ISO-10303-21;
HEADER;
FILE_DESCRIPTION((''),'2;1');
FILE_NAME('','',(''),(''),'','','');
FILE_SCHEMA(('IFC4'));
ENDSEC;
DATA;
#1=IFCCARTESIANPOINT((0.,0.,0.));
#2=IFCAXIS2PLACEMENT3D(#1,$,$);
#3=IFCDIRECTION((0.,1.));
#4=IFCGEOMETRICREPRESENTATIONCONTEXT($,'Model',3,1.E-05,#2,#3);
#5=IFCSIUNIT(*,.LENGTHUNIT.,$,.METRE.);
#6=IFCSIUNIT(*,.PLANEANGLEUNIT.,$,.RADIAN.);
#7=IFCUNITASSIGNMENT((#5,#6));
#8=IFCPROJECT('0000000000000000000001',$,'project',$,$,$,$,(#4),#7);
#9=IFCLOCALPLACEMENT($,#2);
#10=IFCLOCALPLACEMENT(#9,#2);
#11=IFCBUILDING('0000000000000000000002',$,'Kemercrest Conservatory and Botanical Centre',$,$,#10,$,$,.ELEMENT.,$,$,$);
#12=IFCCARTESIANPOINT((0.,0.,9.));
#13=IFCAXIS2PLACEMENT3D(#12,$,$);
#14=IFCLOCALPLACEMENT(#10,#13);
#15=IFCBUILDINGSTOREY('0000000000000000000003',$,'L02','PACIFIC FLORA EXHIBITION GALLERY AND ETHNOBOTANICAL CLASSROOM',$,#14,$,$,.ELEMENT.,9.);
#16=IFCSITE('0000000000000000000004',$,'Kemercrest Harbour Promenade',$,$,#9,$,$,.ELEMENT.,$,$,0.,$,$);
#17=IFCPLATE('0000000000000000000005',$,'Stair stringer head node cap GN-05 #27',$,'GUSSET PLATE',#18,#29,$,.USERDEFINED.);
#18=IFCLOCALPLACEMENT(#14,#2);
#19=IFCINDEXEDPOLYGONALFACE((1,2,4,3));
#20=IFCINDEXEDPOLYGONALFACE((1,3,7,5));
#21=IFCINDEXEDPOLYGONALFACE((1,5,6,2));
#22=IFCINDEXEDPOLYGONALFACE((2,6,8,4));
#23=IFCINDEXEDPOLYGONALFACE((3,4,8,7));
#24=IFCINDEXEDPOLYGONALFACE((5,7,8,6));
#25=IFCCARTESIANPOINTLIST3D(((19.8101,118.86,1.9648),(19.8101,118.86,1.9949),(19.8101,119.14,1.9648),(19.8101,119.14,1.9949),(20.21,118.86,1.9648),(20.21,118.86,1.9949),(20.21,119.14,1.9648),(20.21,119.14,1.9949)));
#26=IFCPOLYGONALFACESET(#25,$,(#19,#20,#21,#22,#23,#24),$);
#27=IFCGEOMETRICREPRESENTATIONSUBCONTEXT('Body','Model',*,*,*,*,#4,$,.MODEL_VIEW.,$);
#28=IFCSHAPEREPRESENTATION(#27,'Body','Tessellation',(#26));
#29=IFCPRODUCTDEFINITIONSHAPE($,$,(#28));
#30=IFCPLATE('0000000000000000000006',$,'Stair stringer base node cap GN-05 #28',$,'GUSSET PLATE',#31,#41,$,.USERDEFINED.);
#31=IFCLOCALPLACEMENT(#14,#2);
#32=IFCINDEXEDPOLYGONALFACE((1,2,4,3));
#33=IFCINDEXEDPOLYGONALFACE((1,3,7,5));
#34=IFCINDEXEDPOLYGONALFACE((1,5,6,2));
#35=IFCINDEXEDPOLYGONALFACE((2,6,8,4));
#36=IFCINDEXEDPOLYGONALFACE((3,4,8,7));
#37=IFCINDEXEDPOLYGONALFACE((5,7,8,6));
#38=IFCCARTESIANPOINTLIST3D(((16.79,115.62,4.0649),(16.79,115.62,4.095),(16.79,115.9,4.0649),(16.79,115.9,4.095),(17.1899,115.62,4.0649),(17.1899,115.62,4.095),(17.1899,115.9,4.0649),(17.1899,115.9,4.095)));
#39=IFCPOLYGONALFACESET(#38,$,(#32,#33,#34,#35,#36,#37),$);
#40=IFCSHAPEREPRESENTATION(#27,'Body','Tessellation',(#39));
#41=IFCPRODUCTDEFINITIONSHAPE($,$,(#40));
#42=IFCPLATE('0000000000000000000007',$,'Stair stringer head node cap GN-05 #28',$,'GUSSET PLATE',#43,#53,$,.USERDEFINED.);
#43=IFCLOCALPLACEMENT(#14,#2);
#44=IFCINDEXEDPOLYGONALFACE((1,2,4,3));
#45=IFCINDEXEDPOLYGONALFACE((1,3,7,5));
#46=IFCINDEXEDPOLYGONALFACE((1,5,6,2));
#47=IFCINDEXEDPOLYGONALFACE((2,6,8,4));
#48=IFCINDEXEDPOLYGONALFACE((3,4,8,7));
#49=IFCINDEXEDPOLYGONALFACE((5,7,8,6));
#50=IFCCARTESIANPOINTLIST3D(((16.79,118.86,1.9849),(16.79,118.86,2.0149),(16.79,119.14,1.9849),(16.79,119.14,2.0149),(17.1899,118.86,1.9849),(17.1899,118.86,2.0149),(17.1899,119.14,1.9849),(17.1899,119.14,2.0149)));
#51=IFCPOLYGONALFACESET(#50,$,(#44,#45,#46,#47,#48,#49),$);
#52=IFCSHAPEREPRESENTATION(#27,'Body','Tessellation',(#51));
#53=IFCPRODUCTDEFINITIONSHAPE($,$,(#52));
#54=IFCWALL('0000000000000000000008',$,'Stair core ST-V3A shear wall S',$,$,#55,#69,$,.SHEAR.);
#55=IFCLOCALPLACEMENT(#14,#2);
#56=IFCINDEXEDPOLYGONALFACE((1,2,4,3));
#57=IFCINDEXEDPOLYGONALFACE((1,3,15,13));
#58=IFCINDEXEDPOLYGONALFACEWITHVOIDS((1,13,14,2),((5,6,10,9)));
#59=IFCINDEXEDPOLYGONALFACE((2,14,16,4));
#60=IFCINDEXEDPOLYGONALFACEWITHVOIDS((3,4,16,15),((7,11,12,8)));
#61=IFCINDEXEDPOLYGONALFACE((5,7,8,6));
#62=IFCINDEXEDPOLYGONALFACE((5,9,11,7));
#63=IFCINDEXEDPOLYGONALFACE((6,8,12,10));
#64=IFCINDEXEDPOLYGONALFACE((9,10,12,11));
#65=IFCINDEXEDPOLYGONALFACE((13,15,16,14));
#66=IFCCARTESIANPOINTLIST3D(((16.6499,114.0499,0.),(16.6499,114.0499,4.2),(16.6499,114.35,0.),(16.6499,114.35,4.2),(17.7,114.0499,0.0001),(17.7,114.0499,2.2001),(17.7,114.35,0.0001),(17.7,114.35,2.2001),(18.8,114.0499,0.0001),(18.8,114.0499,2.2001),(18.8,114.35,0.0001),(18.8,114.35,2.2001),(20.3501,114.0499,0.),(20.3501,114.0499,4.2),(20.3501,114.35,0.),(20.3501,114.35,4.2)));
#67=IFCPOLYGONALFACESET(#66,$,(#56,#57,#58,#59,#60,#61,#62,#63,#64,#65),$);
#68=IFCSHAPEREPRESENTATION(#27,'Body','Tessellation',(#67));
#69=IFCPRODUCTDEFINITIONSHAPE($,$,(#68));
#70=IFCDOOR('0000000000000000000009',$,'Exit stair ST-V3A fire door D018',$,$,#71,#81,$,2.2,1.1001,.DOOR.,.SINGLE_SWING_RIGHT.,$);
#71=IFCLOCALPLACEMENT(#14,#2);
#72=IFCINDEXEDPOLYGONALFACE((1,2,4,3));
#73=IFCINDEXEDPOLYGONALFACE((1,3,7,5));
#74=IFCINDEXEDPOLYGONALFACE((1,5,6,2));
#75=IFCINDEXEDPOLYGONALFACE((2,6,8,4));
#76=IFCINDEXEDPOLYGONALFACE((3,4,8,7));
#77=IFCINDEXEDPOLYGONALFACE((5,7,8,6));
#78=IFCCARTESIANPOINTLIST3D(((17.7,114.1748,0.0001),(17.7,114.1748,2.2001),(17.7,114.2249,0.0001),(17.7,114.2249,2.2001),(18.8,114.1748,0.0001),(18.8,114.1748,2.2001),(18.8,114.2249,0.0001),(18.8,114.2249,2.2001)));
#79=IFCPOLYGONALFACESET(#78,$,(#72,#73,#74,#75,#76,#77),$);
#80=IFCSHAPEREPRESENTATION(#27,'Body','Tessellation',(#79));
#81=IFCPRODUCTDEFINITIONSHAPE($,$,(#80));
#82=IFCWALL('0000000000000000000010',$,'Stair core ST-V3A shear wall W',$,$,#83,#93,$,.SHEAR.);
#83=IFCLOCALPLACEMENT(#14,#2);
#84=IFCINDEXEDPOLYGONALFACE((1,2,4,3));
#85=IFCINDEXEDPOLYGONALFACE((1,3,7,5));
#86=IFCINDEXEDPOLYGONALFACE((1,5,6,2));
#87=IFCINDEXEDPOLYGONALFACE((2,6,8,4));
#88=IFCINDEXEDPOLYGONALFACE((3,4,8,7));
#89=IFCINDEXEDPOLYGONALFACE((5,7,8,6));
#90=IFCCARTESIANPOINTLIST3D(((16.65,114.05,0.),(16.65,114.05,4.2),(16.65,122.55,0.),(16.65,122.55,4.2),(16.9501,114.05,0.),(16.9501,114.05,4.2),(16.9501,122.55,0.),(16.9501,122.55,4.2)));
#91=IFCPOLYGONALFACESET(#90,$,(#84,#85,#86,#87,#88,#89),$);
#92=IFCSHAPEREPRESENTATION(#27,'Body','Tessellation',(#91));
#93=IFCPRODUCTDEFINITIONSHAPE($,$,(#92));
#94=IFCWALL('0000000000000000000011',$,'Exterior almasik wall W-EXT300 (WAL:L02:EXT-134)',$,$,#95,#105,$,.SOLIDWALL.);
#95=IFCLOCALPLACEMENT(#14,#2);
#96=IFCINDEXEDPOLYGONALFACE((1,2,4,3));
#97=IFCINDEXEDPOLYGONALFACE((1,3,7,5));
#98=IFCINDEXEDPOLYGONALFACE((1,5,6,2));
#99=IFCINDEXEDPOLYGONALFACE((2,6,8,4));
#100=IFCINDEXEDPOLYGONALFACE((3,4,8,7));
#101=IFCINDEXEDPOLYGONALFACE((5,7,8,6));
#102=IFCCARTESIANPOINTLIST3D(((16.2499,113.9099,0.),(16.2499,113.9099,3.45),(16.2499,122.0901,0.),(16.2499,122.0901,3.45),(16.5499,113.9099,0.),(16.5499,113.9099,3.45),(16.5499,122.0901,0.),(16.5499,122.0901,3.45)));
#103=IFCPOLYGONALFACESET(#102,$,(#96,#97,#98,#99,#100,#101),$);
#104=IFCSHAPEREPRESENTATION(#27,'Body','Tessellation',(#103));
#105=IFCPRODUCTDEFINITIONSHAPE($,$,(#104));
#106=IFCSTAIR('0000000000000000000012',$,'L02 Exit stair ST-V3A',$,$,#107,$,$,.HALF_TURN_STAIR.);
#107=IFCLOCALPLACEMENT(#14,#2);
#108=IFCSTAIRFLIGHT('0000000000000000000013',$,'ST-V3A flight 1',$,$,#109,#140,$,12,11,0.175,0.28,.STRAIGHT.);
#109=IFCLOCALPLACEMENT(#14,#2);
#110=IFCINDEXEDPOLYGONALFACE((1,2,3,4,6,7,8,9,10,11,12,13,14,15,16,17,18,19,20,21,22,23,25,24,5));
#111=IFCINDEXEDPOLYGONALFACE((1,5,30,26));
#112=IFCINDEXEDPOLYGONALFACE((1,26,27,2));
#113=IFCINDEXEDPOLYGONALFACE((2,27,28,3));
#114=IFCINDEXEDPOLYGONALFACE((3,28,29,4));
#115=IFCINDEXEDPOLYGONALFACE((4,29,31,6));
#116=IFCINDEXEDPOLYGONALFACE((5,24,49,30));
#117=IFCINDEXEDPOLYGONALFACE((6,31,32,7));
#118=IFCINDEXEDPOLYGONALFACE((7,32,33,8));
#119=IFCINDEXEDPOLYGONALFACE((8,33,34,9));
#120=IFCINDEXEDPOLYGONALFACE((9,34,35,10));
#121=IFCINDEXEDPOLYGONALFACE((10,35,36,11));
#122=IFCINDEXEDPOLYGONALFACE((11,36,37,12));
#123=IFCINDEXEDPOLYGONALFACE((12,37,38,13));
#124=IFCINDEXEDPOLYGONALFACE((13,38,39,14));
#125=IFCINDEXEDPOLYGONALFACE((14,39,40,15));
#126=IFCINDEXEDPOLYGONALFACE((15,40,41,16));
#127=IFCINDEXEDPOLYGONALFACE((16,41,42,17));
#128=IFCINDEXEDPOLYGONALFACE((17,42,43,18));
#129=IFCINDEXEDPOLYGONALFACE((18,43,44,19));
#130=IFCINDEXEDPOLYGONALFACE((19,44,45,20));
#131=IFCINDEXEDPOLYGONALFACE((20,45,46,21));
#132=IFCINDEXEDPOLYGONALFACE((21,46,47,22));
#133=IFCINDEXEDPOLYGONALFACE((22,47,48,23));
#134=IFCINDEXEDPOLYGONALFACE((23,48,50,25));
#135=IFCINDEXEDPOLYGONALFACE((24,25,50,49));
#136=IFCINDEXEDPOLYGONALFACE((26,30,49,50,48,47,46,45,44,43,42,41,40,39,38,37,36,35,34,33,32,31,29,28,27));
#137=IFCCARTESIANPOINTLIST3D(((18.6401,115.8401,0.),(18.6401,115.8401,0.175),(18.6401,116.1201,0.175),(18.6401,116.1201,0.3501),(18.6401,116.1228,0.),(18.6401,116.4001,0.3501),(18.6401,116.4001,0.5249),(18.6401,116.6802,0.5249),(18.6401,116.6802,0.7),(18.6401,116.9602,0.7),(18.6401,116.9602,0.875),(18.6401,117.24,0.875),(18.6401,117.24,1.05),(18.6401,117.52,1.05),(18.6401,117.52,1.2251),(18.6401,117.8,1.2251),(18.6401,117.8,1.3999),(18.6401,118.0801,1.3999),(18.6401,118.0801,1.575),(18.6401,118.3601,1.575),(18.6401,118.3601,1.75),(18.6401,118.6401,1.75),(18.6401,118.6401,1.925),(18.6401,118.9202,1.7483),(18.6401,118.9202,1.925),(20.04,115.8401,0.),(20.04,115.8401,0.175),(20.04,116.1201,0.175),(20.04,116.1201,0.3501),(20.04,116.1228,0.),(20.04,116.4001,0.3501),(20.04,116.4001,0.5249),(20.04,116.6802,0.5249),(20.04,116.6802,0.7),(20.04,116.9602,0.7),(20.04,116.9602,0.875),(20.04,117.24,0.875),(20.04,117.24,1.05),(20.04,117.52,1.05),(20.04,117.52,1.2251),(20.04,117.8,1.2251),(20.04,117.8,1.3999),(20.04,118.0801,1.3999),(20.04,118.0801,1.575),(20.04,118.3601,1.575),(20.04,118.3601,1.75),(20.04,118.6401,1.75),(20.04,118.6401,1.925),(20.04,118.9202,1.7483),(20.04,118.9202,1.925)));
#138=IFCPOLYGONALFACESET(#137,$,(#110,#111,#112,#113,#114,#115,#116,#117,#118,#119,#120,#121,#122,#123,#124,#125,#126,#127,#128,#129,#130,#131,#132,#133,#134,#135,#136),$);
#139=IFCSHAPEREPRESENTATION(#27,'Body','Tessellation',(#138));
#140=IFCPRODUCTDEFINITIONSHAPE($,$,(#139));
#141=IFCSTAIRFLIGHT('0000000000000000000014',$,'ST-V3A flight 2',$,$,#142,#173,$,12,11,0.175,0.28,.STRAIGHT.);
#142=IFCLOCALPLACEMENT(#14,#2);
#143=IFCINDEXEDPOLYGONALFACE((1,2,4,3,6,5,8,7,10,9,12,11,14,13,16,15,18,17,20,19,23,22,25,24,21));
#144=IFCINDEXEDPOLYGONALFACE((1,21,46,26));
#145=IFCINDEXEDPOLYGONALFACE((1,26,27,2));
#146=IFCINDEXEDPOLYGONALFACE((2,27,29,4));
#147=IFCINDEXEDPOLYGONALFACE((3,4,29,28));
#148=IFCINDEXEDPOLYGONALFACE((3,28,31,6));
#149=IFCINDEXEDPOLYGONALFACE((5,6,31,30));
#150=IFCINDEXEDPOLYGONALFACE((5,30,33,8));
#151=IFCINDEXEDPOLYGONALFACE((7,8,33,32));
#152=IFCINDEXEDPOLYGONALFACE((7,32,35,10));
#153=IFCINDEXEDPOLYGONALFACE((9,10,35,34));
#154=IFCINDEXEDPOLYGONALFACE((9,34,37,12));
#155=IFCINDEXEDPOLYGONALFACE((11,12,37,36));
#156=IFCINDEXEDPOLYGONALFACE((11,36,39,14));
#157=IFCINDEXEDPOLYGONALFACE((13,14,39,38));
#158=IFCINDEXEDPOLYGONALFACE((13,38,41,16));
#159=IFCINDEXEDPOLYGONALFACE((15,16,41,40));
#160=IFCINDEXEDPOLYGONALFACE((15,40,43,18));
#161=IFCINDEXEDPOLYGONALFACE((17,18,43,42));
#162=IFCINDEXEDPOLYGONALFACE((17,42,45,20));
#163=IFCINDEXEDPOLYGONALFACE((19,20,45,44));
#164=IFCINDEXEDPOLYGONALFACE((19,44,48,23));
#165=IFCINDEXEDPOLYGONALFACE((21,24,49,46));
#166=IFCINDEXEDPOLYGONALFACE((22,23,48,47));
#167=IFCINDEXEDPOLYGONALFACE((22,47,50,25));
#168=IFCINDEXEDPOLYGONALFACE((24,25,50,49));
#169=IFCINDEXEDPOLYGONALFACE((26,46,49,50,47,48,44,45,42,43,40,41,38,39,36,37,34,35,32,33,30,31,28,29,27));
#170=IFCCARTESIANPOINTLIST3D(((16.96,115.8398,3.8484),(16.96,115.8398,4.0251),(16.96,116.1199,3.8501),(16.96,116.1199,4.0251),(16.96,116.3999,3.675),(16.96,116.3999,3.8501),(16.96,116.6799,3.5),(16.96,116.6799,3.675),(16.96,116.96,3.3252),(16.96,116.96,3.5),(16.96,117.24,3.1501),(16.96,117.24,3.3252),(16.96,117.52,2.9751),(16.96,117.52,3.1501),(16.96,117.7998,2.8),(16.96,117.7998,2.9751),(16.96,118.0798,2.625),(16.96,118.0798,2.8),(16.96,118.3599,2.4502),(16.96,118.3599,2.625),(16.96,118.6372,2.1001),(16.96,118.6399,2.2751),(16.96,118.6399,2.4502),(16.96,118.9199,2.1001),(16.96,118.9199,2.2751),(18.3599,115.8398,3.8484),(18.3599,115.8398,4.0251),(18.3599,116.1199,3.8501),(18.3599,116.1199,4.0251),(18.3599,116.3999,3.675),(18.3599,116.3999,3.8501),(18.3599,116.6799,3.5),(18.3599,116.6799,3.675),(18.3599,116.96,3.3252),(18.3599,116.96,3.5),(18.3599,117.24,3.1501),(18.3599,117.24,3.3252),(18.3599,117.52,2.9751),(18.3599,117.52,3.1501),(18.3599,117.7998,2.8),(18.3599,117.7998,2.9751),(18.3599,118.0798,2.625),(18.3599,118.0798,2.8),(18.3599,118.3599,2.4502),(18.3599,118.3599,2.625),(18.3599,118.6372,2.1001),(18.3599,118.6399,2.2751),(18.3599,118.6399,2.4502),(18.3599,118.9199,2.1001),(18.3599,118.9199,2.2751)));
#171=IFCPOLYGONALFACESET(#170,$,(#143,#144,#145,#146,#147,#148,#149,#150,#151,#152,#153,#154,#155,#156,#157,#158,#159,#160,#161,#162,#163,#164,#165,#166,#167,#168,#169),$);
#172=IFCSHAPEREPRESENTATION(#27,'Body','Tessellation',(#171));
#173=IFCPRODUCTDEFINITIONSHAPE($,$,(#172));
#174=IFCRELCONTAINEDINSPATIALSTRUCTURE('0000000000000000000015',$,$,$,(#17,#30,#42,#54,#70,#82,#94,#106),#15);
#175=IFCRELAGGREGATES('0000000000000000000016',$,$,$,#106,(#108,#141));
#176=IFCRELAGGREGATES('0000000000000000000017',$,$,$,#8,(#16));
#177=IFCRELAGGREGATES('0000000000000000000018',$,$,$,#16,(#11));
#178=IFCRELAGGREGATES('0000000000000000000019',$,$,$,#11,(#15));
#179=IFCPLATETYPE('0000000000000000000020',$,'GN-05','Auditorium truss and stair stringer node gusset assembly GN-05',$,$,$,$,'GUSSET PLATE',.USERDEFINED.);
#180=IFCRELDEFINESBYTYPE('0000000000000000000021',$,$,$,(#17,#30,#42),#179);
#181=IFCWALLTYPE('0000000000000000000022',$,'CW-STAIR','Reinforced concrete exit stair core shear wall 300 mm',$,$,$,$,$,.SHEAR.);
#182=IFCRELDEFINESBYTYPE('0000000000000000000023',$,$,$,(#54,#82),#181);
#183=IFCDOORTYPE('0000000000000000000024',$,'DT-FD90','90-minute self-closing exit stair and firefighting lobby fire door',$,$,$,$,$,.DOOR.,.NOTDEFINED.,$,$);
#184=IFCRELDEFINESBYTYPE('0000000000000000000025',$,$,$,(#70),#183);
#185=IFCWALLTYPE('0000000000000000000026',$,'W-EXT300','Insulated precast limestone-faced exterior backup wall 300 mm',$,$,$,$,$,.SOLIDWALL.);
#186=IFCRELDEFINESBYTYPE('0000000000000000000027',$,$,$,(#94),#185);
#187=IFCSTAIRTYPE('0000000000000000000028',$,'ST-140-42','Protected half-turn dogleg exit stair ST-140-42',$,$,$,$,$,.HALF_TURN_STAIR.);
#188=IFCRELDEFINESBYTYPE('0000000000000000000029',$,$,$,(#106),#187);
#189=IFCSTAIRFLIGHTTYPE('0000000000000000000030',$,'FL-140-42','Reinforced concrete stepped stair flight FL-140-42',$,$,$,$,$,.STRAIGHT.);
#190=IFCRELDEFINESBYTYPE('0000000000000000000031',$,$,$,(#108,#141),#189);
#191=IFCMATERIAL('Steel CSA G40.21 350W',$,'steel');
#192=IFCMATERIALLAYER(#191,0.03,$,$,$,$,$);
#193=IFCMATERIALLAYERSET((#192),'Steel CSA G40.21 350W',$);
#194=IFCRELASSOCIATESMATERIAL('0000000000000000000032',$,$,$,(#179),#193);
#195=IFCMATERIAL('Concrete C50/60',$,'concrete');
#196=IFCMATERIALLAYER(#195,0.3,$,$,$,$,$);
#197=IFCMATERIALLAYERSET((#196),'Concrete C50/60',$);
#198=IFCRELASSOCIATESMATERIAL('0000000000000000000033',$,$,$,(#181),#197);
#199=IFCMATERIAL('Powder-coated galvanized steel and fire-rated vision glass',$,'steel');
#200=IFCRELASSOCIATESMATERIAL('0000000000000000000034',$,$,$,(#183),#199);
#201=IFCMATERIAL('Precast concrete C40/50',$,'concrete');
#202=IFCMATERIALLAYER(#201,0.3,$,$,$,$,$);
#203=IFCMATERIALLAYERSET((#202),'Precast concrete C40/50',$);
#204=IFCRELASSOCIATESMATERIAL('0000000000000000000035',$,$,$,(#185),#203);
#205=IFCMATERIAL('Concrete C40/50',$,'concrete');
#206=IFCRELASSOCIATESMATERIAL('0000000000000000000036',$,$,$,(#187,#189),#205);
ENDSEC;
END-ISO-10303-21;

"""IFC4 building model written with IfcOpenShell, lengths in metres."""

from ifc_helpers import new_model, si_unit, direction, frame, frame_2d, origin, origin_2d, place, context, subcontext, project, spatial, polyline, rectangle, outline, extrude, material, layer, layer_set, type_object, element, fill, aggregate, save


model = new_model("IFC4")

# Units and contexts
model_context = context("Model", 3, precision=1e-05, world=origin(), true_north=direction((0.0, 1.0)))
body_context = subcontext(model_context, "Body", "Model", "MODEL_VIEW")
ifc_project = project(units=[si_unit("LENGTHUNIT", "METRE"), si_unit("PLANEANGLEUNIT", "RADIAN")], contexts=[model_context])

# Site, building, storey
site_placement = place(None, origin())
site = spatial("IfcSite", under=ifc_project, at=site_placement, Name="Kemercrest Harbour Promenade", CompositionType="ELEMENT", RefElevation=0.0)
building_placement = place(site_placement, origin())
building = spatial("IfcBuilding", under=site, at=building_placement, Name="Kemercrest Conservatory and Botanical Centre", CompositionType="ELEMENT")
storey_placement = place(building_placement, frame((0.0, 0.0, 9.0)))
storey = spatial("IfcBuildingStorey", under=building, at=storey_placement, Name="L02", Description="PACIFIC FLORA EXHIBITION GALLERY AND ETHNOBOTANICAL CLASSROOM", CompositionType="ELEMENT", Elevation=9.0)

# Shared definitions
ifc_material_1 = material(Name="Concrete C40/50", Category="concrete")

# Shared definitions
ifc_material_2 = material(Name="Steel CSA G40.21 350W", Category="steel")

# Plates
ifc_layer_1 = layer(ifc_material_2, 0.03)
ifc_layer_set_1 = layer_set([ifc_layer_1], Name="Steel CSA G40.21 350W")
plate_type = type_object("IfcPlateType", Name="GN-05", Description="Auditorium truss and stair stringer node gusset assembly GN-05", ElementType="GUSSET PLATE", PredefinedType="USERDEFINED", material=ifc_layer_set_1)
for number, where, z_axis, x_axis, name in (
    (1, (20.01, 119.0, 1.9648), (0.0, 0.0, 1.0), (1.0, 0.0, 0.0), "Stair stringer head node cap GN-05 #27"),
    (2, (16.99, 115.76, 4.0649), (0.0, 0.0, 1.0), (1.0, 0.0, 0.0), "Stair stringer base node cap GN-05 #28"),
    (3, (16.99, 119.0, 1.9849), (0.0, 0.0, 1.0), (1.0, 0.0, 0.0), "Stair stringer head node cap GN-05 #28"),
):
    element("IfcPlate", number, at=place(storey_placement, frame(where, z_axis=z_axis, x_axis=x_axis)), inside=storey, type_object=plate_type, Name=name, ObjectType="GUSSET PLATE", PredefinedType="USERDEFINED", context=body_context, shape_type="SweptSolid", body=[
        extrude(rectangle(XDim=0.3999, YDim=0.28, at=origin_2d()), origin(), (0.0, 0.0, 1.0), 0.03),
    ])

# Wall, opening, door
ifc_material_3 = material(Name="Concrete C50/60", Category="concrete")
ifc_layer_2 = layer(ifc_material_3, 0.3)
ifc_layer_set_2 = layer_set([ifc_layer_2], Name="Concrete C50/60")
wall_type_1 = type_object("IfcWallType", Name="CW-STAIR", Description="Reinforced concrete exit stair core shear wall 300 mm", PredefinedType="SHEAR", material=ifc_layer_set_2)
wall_1_placement = place(storey_placement, frame((16.6499, 114.2, 0.0), z_axis=(0.0, 0.0, 1.0), x_axis=(1.0, 0.0, 0.0)))
wall_1 = element("IfcWall", 4, at=wall_1_placement, inside=storey, type_object=wall_type_1, Name="Stair core ST-V3A shear wall S", PredefinedType="SHEAR", context=body_context, shape_type="SweptSolid", body=[
    extrude(rectangle(XDim=3.7002, YDim=0.3, at=frame_2d((1.8501, 0.0))), origin(), (0.0, 0.0, 1.0), 4.2),
])
opening_placement = place(wall_1_placement, frame((1.05, 0.0, 0.0)))
opening = element("IfcOpeningElement", 5, at=opening_placement, cuts=wall_1, PredefinedType="OPENING", context=body_context, shape_type="SweptSolid", body=[
    extrude(rectangle(XDim=1.1001, YDim=2.2, at=frame_2d((0.55, 1.1001))), frame((0.0, 0.1602, 0.0), z_axis=(0.0, -1.0, 0.0), x_axis=(1.0, 0.0, 0.0)), (0.0, 0.0, 1.0), 0.3201),
])
ifc_material_4 = material(Name="Powder-coated galvanized steel and fire-rated vision glass", Category="steel")
door_type = type_object("IfcDoorType", Name="DT-FD90", Description="90-minute self-closing exit stair and firefighting lobby fire door", OperationType="NOTDEFINED", PredefinedType="DOOR", material=ifc_material_4)
door_placement = place(opening_placement, origin())
door = element("IfcDoor", 6, at=door_placement, inside=storey, type_object=door_type, Name="Exit stair ST-V3A fire door D018", OperationType="SINGLE_SWING_RIGHT", OverallHeight=2.2, OverallWidth=1.1001, PredefinedType="DOOR", context=body_context, shape_type="SweptSolid", body=[
    extrude(rectangle(XDim=1.1001, YDim=2.2, at=frame_2d((0.55, 1.1001))), frame((0.0, 0.0249, 0.0), z_axis=(0.0, -1.0, 0.0), x_axis=(1.0, 0.0, 0.0)), (0.0, 0.0, 1.0), 0.05),
])
fill(opening, door)

# Walls
wall_2_placement = place(storey_placement, frame((16.8, 114.05, 0.0), z_axis=(0.0, 0.0, 1.0), x_axis=(0.0, 1.0, 0.0)))
element("IfcWall", 7, at=wall_2_placement, inside=storey, type_object=wall_type_1, Name="Stair core ST-V3A shear wall W", PredefinedType="SHEAR", context=body_context, shape_type="SweptSolid", body=[
    extrude(rectangle(XDim=8.5, YDim=0.3, at=frame_2d((4.25, 0.0))), origin(), (0.0, 0.0, 1.0), 4.2),
])
ifc_material_5 = material(Name="Precast concrete C40/50", Category="concrete")
ifc_layer_3 = layer(ifc_material_5, 0.3)
ifc_layer_set_3 = layer_set([ifc_layer_3], Name="Precast concrete C40/50")
wall_type_2 = type_object("IfcWallType", Name="W-EXT300", Description="Insulated precast limestone-faced exterior backup wall 300 mm", PredefinedType="SOLIDWALL", material=ifc_layer_set_3)
wall_3_placement = place(storey_placement, frame((16.3999, 122.0901, 0.0), z_axis=(0.0, 0.0, 1.0), x_axis=(0.0, -1.0, 0.0)))
element("IfcWall", 8, at=wall_3_placement, inside=storey, type_object=wall_type_2, Name="Exterior almasik wall W-EXT300 (WAL:L02:EXT-134)", PredefinedType="SOLIDWALL", context=body_context, shape_type="SweptSolid", body=[
    extrude(rectangle(XDim=8.1802, YDim=0.3, at=frame_2d((4.0901, 0.0))), origin(), (0.0, 0.0, 1.0), 3.45),
])

# Stair, stair flights
stair_type = type_object("IfcStairType", Name="ST-140-42", Description="Protected half-turn dogleg exit stair ST-140-42", PredefinedType="HALF_TURN_STAIR", material=ifc_material_1)
stair_placement = place(storey_placement, origin())
stair = element("IfcStair", 9, at=stair_placement, inside=storey, type_object=stair_type, Name="L02 Exit stair ST-V3A", PredefinedType="HALF_TURN_STAIR")
stair_flight_type = type_object("IfcStairFlightType", Name="FL-140-42", Description="Reinforced concrete stepped stair flight FL-140-42", PredefinedType="STRAIGHT", material=ifc_material_1)
stair_flight_1_placement = place(storey_placement, frame((19.3401, 115.8401, 0.0), z_axis=(0.0, 0.0, 1.0), x_axis=(0.0, 1.0, 0.0)))
stair_flight_1 = element("IfcStairFlight", 10, at=stair_flight_1_placement, type_object=stair_flight_type, Name="ST-V3A flight 1", NumberOfRisers=12, NumberOfTreads=11, PredefinedType="STRAIGHT", RiserHeight=0.175, TreadLength=0.28, context=body_context, shape_type="SweptSolid", body=[
    extrude(outline(polyline([(0.0, 0.0), (0.0, 0.175), (0.28, 0.175), (0.28, 0.3501), (0.5601, 0.3501), (0.5601, 0.5249), (0.8401, 0.5249), (0.8401, 0.7), (1.1201, 0.7), (1.1201, 0.875), (1.3999, 0.875), (1.3999, 1.05), (1.6799, 1.05), (1.6799, 1.2251), (1.96, 1.2251), (1.96, 1.3999), (2.24, 1.3999), (2.24, 1.575), (2.52, 1.575), (2.52, 1.75), (2.8, 1.75), (2.8, 1.925), (3.0801, 1.925), (3.0801, 2.1001), (3.0801, 1.7483), (0.2827, 0.0), (0.0, 0.0)])), frame((0.0, 0.7, 0.0), z_axis=(0.0, -1.0, 0.0), x_axis=(1.0, 0.0, 0.0)), (0.0, 0.0, 1.0), 1.3999),
])
stair_flight_2_placement = place(storey_placement, frame((17.6599, 118.9199, 2.1001), z_axis=(0.0, 0.0, 1.0), x_axis=(0.0, -1.0, 0.0)))
stair_flight_2 = element("IfcStairFlight", 11, at=stair_flight_2_placement, type_object=stair_flight_type, Name="ST-V3A flight 2", NumberOfRisers=12, NumberOfTreads=11, PredefinedType="STRAIGHT", RiserHeight=0.175, TreadLength=0.28, context=body_context, shape_type="SweptSolid", body=[
    extrude(outline(polyline([(0.0, 0.0), (0.0, 0.175), (0.28, 0.175), (0.28, 0.3501), (0.5601, 0.3501), (0.5601, 0.5249), (0.8401, 0.5249), (0.8401, 0.7), (1.1201, 0.7), (1.1201, 0.875), (1.3999, 0.875), (1.3999, 1.05), (1.6799, 1.05), (1.6799, 1.2251), (1.96, 1.2251), (1.96, 1.3999), (2.24, 1.3999), (2.24, 1.575), (2.52, 1.575), (2.52, 1.75), (2.8, 1.75), (2.8, 1.925), (3.0801, 1.925), (3.0801, 2.1001), (3.0801, 1.7483), (0.2827, 0.0), (0.0, 0.0)])), frame((0.0, 0.7, 0.0), z_axis=(0.0, -1.0, 0.0), x_axis=(1.0, 0.0, 0.0)), (0.0, 0.0, 1.0), 1.3999),
])
aggregate(stair, [stair_flight_1, stair_flight_2])

save(model, "model.ifc")
